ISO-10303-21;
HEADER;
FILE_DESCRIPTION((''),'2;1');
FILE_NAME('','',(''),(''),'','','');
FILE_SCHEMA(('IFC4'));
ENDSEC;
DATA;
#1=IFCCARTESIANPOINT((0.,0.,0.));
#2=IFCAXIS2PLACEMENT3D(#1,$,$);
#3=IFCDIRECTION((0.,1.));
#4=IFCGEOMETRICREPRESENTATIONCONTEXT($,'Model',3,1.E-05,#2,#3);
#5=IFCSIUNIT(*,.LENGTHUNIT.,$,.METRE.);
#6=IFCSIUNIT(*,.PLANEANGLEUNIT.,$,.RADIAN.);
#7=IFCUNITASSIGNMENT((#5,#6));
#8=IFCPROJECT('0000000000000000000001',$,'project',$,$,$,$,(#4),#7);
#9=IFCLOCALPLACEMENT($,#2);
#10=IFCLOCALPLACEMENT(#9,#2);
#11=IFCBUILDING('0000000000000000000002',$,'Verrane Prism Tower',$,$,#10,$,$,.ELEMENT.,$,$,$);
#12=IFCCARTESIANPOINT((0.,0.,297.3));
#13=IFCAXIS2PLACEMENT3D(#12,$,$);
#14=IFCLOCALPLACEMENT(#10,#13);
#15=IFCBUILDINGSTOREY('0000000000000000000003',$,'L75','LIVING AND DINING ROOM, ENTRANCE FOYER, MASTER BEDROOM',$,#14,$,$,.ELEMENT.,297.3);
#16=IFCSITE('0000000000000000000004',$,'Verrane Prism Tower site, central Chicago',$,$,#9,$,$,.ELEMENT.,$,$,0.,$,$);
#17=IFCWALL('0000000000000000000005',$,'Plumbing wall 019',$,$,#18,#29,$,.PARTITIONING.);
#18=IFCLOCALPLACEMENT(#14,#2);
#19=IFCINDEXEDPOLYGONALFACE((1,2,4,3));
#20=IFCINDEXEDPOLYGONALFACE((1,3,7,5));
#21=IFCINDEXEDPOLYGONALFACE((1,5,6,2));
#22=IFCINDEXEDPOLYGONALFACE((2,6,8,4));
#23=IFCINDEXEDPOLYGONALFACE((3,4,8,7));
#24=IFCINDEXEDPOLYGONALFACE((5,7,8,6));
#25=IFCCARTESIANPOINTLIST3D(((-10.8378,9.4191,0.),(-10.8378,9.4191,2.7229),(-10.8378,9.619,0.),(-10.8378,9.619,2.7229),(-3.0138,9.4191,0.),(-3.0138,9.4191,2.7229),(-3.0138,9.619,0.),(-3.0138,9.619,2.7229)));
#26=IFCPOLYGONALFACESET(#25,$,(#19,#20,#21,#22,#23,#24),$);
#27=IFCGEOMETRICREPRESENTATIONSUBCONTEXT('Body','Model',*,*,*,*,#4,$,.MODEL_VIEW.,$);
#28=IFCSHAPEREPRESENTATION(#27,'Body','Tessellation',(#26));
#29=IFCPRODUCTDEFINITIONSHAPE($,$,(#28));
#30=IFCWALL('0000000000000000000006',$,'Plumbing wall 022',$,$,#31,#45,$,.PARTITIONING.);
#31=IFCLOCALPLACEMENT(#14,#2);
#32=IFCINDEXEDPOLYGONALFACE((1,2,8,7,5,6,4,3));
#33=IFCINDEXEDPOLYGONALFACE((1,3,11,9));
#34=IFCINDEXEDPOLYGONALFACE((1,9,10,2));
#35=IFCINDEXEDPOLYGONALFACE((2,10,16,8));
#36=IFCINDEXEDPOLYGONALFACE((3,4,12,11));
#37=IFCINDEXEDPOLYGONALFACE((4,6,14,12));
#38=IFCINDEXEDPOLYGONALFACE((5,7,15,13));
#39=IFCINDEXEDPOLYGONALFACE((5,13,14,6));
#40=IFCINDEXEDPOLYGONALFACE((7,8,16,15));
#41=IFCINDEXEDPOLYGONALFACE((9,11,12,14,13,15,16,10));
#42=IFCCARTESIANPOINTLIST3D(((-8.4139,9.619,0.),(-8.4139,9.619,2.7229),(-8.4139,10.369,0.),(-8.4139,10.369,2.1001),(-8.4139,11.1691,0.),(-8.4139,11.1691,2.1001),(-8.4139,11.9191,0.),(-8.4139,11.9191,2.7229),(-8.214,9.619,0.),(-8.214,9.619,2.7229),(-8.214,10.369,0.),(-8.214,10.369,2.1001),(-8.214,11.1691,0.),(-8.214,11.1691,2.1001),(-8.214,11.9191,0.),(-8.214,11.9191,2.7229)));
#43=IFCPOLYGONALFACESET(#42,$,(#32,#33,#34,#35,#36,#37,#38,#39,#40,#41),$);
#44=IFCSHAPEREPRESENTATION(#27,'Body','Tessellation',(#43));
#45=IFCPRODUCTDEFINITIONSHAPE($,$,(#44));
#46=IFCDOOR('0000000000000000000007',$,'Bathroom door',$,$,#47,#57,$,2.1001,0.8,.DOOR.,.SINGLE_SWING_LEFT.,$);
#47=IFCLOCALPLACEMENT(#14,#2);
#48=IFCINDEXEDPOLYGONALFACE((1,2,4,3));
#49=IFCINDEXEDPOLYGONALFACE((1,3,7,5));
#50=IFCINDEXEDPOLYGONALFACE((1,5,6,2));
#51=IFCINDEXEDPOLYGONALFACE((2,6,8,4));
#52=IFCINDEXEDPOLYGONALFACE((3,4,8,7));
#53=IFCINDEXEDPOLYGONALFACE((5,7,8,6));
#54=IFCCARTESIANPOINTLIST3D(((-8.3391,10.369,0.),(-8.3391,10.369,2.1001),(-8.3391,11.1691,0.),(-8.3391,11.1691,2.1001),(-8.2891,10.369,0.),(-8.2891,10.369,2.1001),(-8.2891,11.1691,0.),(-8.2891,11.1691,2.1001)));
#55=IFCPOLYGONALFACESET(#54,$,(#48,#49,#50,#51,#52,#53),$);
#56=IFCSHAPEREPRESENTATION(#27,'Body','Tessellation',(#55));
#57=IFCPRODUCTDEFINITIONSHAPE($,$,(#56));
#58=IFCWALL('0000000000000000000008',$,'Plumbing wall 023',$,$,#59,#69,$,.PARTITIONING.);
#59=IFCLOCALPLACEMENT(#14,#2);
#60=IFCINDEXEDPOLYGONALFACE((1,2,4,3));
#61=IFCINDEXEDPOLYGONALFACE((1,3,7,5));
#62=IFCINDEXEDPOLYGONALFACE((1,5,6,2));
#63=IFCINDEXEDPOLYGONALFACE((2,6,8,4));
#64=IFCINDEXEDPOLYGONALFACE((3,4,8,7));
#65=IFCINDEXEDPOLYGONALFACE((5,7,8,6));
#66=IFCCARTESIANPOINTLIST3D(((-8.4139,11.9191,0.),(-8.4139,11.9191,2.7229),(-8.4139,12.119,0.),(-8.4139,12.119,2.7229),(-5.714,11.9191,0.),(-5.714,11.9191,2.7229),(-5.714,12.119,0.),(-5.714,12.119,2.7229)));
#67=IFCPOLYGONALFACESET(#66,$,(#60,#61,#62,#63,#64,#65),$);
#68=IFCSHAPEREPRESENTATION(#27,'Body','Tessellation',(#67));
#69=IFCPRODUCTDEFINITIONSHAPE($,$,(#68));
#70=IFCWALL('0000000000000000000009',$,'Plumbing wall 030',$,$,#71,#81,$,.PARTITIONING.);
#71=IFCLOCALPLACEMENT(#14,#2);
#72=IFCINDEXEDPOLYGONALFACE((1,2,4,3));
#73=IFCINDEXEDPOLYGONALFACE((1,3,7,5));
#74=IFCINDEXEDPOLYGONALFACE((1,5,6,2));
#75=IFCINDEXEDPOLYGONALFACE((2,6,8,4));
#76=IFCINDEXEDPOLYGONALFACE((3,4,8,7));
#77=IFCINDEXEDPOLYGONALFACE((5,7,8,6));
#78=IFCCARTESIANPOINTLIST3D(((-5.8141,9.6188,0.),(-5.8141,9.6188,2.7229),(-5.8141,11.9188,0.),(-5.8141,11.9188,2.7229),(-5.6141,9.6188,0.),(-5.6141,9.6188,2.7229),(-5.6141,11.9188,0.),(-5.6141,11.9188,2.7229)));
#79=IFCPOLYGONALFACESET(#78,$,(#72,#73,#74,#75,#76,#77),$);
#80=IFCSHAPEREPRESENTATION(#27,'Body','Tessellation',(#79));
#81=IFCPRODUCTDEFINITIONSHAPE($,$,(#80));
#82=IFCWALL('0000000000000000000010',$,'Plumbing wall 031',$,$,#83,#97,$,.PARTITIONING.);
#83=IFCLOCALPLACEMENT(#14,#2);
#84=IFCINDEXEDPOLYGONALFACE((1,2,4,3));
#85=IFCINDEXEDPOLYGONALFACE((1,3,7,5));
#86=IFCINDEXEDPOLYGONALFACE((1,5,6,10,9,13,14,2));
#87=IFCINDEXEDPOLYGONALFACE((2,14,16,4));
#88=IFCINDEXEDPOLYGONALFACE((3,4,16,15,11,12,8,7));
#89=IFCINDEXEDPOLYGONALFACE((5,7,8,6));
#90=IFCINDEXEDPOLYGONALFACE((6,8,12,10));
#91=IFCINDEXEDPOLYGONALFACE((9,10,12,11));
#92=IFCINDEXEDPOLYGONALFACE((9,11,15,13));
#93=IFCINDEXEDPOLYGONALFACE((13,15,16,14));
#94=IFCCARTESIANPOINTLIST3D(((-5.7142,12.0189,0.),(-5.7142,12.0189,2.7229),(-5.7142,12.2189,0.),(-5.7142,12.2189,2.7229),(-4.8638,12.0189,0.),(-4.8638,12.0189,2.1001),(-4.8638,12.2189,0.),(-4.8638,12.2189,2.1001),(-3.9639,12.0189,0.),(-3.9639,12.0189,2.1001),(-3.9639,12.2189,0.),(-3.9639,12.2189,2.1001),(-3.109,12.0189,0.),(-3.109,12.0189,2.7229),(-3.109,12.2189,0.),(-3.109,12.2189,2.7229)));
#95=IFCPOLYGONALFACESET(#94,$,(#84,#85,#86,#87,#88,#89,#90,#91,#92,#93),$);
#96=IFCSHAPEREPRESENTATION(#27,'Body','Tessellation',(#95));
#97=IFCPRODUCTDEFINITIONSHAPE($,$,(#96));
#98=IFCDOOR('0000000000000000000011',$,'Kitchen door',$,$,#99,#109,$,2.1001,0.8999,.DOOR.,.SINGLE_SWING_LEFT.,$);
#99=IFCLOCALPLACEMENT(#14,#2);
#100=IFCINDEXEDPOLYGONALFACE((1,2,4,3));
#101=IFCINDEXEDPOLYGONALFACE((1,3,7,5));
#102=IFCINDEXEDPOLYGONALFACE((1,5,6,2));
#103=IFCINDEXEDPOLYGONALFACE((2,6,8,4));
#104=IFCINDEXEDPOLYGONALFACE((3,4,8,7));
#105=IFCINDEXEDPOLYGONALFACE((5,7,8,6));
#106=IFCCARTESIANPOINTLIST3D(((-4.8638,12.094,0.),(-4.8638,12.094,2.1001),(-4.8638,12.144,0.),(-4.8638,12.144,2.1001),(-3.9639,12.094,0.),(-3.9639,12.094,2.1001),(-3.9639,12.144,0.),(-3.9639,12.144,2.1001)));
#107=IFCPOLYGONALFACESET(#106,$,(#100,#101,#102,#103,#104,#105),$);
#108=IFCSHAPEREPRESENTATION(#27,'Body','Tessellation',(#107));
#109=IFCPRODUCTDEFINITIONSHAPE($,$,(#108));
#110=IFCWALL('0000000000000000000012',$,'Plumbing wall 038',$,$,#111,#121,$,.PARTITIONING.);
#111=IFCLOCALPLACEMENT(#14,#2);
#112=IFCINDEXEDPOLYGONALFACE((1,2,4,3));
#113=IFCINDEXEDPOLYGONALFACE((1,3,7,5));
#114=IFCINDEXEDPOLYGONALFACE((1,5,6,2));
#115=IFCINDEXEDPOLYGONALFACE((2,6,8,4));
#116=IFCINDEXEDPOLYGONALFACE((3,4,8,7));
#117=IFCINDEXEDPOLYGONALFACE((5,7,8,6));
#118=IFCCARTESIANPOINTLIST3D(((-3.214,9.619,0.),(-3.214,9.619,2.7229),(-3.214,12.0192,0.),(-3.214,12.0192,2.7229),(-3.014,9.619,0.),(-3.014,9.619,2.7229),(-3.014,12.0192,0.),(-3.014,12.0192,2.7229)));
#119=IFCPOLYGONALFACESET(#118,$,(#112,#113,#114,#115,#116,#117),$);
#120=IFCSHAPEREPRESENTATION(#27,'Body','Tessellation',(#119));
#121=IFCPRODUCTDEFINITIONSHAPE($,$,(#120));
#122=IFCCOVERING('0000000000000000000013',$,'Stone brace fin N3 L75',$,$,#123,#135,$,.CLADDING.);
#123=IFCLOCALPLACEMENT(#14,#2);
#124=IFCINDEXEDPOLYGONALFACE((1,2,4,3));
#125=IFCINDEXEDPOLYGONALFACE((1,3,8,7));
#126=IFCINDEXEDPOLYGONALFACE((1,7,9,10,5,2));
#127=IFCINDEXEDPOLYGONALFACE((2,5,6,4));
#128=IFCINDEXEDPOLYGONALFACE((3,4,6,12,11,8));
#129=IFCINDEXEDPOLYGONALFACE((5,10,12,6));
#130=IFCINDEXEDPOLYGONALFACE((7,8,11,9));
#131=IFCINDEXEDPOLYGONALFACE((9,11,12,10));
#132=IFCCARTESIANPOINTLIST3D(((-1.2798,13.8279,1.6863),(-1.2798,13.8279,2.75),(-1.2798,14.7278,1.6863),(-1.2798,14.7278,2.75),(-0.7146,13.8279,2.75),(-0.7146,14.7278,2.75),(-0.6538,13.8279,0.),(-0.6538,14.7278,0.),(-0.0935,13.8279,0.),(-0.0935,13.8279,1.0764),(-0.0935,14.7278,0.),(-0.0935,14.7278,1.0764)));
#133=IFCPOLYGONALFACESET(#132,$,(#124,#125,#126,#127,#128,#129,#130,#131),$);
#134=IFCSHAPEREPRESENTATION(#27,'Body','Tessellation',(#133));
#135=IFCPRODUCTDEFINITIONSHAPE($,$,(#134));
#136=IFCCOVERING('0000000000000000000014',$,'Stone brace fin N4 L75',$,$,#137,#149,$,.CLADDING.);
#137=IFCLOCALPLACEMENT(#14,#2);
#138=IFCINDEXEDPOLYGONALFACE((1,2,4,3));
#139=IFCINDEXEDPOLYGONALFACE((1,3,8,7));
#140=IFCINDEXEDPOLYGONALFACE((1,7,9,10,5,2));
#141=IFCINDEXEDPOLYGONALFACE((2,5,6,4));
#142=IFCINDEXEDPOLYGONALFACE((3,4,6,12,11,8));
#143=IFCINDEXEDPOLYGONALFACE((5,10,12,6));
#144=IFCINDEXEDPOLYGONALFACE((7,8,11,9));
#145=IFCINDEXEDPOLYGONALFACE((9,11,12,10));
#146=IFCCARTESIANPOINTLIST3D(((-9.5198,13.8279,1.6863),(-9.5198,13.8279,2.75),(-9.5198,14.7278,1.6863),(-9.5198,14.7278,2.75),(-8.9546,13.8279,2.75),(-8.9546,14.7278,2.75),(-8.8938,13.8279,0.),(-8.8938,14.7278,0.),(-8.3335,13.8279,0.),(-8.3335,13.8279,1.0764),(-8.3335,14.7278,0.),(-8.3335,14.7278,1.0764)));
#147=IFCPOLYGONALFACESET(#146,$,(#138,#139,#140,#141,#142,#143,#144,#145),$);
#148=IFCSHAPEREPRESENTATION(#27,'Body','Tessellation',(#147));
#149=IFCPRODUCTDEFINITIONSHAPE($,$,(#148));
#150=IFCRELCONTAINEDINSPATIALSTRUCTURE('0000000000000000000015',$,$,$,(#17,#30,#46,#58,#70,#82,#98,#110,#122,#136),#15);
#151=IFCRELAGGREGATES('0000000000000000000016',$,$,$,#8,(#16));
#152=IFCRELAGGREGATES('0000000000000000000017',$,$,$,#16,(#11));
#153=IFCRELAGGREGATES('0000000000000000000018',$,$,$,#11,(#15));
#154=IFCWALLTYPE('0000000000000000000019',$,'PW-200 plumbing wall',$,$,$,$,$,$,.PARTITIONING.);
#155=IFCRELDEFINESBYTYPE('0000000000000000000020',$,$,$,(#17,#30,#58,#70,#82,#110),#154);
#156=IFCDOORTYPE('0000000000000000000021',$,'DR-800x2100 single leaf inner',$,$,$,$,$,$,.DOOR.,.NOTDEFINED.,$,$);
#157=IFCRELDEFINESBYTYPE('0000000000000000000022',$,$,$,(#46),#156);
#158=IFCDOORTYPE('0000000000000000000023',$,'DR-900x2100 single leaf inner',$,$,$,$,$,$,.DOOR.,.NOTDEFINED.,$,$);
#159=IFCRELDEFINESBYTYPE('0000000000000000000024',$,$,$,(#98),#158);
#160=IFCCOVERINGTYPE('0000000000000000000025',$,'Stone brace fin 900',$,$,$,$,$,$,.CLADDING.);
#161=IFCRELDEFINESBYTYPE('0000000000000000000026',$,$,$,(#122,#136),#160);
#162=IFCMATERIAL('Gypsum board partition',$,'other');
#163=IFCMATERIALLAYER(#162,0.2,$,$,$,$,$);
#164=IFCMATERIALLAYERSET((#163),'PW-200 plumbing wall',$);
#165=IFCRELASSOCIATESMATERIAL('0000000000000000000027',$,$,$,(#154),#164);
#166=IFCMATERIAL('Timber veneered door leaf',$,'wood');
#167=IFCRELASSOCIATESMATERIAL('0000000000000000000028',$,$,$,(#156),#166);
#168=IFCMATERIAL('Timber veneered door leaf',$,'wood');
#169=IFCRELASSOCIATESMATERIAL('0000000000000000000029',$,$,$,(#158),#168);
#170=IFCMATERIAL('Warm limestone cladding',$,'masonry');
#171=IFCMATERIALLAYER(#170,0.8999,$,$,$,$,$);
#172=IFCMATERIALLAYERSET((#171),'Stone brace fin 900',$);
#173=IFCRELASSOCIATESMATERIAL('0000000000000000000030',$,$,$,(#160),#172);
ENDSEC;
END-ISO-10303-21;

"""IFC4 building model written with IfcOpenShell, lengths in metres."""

from ifc_helpers import new_model, si_unit, direction, frame, frame_2d, origin, place, context, subcontext, project, spatial, polyline, rectangle, outline, extrude, material, layer, layer_set, type_object, element, fill, save


model = new_model("IFC4")

# Units and contexts
model_context = context("Model", 3, precision=1e-05, world=origin(), true_north=direction((0.0, 1.0)))
body_context = subcontext(model_context, "Body", "Model", "MODEL_VIEW")
ifc_project = project(units=[si_unit("LENGTHUNIT", "METRE"), si_unit("PLANEANGLEUNIT", "RADIAN")], contexts=[model_context])

# Site, building, storey
site_placement = place(None, origin())
site = spatial("IfcSite", under=ifc_project, at=site_placement, Name="Verrane Prism Tower site, central Chicago", CompositionType="ELEMENT", RefElevation=0.0)
building_placement = place(site_placement, origin())
building = spatial("IfcBuilding", under=site, at=building_placement, Name="Verrane Prism Tower", CompositionType="ELEMENT")
storey_placement = place(building_placement, frame((0.0, 0.0, 297.3)))
storey = spatial("IfcBuildingStorey", under=building, at=storey_placement, Name="L75", Description="LIVING AND DINING ROOM, ENTRANCE FOYER, MASTER BEDROOM", CompositionType="ELEMENT", Elevation=297.3)

# Wall
ifc_material_1 = material(Name="Gypsum board partition", Category="other")
ifc_layer_1 = layer(ifc_material_1, 0.2)
ifc_layer_set_1 = layer_set([ifc_layer_1], Name="PW-200 plumbing wall")
wall_type_1 = type_object("IfcWallType", Name="PW-200 plumbing wall", PredefinedType="PARTITIONING", material=ifc_layer_set_1)
wall_1_placement = place(storey_placement, frame((-10.8379, 9.519, 0.0), z_axis=(0.0, 0.0, 1.0), x_axis=(1.0, 0.0, 0.0)))
element("IfcWall", 1, at=wall_1_placement, inside=storey, type_object=wall_type_1, Name="Plumbing wall 019", PredefinedType="PARTITIONING", context=body_context, shape_type="SweptSolid", body=[
    extrude(rectangle(XDim=7.824, YDim=0.2, at=frame_2d((3.9121, 0.0))), origin(), (0.0, 0.0, 1.0), 2.7229),
])

# Wall, opening, door
wall_2_placement = place(storey_placement, frame((-8.314, 11.9189, 0.0), z_axis=(0.0, 0.0, 1.0), x_axis=(0.0, -1.0, 0.0)))
wall_2 = element("IfcWall", 2, at=wall_2_placement, inside=storey, type_object=wall_type_1, Name="Plumbing wall 022", PredefinedType="PARTITIONING", context=body_context, shape_type="SweptSolid", body=[
    extrude(rectangle(XDim=2.3, YDim=0.2, at=frame_2d((1.1499, 0.0))), origin(), (0.0, 0.0, 1.0), 2.7229),
])
opening_1_placement = place(wall_2_placement, frame((0.75, 0.0, 0.0)))
opening_1 = element("IfcOpeningElement", 3, at=opening_1_placement, cuts=wall_2, PredefinedType="OPENING", context=body_context, shape_type="SweptSolid", body=[
    extrude(rectangle(XDim=0.8, YDim=2.1001, at=frame_2d((0.3999, 1.05))), frame((0.0, 0.1099, 0.0), z_axis=(0.0, -1.0, 0.0), x_axis=(1.0, 0.0, 0.0)), (0.0, 0.0, 1.0), 0.22),
])
ifc_material_2 = material(Name="Timber veneered door leaf", Category="wood")
door_type_1 = type_object("IfcDoorType", Name="DR-800x2100 single leaf inner", OperationType="NOTDEFINED", PredefinedType="DOOR", material=ifc_material_2)
door_1_placement = place(opening_1_placement, origin())
door_1 = element("IfcDoor", 4, at=door_1_placement, inside=storey, type_object=door_type_1, Name="Bathroom door", OperationType="SINGLE_SWING_LEFT", OverallHeight=2.1001, OverallWidth=0.8, PredefinedType="DOOR", context=body_context, shape_type="SweptSolid", body=[
    extrude(rectangle(XDim=0.8, YDim=2.1001, at=frame_2d((0.3999, 1.05))), frame((0.0, 0.0249, 0.0), z_axis=(0.0, -1.0, 0.0), x_axis=(1.0, 0.0, 0.0)), (0.0, 0.0, 1.0), 0.05),
])
fill(opening_1, door_1)

# Walls
wall_3_placement = place(storey_placement, frame((-8.4141, 12.019, 0.0), z_axis=(0.0, 0.0, 1.0), x_axis=(1.0, 0.0, 0.0)))
element("IfcWall", 5, at=wall_3_placement, inside=storey, type_object=wall_type_1, Name="Plumbing wall 023", PredefinedType="PARTITIONING", context=body_context, shape_type="SweptSolid", body=[
    extrude(rectangle(XDim=2.7, YDim=0.2, at=frame_2d((1.3501, 0.0))), origin(), (0.0, 0.0, 1.0), 2.7229),
])
wall_4_placement = place(storey_placement, frame((-5.7141, 9.6189, 0.0), z_axis=(0.0, 0.0, 1.0), x_axis=(0.0, 1.0, 0.0)))
element("IfcWall", 6, at=wall_4_placement, inside=storey, type_object=wall_type_1, Name="Plumbing wall 030", PredefinedType="PARTITIONING", context=body_context, shape_type="SweptSolid", body=[
    extrude(rectangle(XDim=2.3, YDim=0.2, at=frame_2d((1.1499, 0.0))), origin(), (0.0, 0.0, 1.0), 2.7229),
])

# Wall, opening, door
wall_5_placement = place(storey_placement, frame((-3.1089, 12.1189, 0.0), z_axis=(0.0, 0.0, 1.0), x_axis=(-1.0, 0.0, 0.0)))
wall_5 = element("IfcWall", 7, at=wall_5_placement, inside=storey, type_object=wall_type_1, Name="Plumbing wall 031", PredefinedType="PARTITIONING", context=body_context, shape_type="SweptSolid", body=[
    extrude(rectangle(XDim=2.6052, YDim=0.2, at=frame_2d((1.3027, 0.0))), origin(), (0.0, 0.0, 1.0), 2.7229),
])
opening_2_placement = place(wall_5_placement, frame((0.855, 0.0, 0.0)))
opening_2 = element("IfcOpeningElement", 8, at=opening_2_placement, cuts=wall_5, PredefinedType="OPENING", context=body_context, shape_type="SweptSolid", body=[
    extrude(rectangle(XDim=0.8999, YDim=2.1001, at=frame_2d((0.45, 1.05))), frame((0.0, 0.1099, 0.0), z_axis=(0.0, -1.0, 0.0), x_axis=(1.0, 0.0, 0.0)), (0.0, 0.0, 1.0), 0.22),
])
ifc_material_3 = material(Name="Timber veneered door leaf", Category="wood")
door_type_2 = type_object("IfcDoorType", Name="DR-900x2100 single leaf inner", OperationType="NOTDEFINED", PredefinedType="DOOR", material=ifc_material_3)
door_2_placement = place(opening_2_placement, origin())
door_2 = element("IfcDoor", 9, at=door_2_placement, inside=storey, type_object=door_type_2, Name="Kitchen door", OperationType="SINGLE_SWING_LEFT", OverallHeight=2.1001, OverallWidth=0.8999, PredefinedType="DOOR", context=body_context, shape_type="SweptSolid", body=[
    extrude(rectangle(XDim=0.8999, YDim=2.1001, at=frame_2d((0.45, 1.05))), frame((0.0, 0.0249, 0.0), z_axis=(0.0, -1.0, 0.0), x_axis=(1.0, 0.0, 0.0)), (0.0, 0.0, 1.0), 0.05),
])
fill(opening_2, door_2)

# Wall
wall_6_placement = place(storey_placement, frame((-3.114, 9.6189, 0.0), z_axis=(0.0, 0.0, 1.0), x_axis=(0.0, 1.0, 0.0)))
element("IfcWall", 10, at=wall_6_placement, inside=storey, type_object=wall_type_1, Name="Plumbing wall 038", PredefinedType="PARTITIONING", context=body_context, shape_type="SweptSolid", body=[
    extrude(rectangle(XDim=2.4001, YDim=0.2, at=frame_2d((1.2002, 0.0))), origin(), (0.0, 0.0, 1.0), 2.7229),
])

# Coverings
ifc_material_4 = material(Name="Warm limestone cladding", Category="masonry")
ifc_layer_2 = layer(ifc_material_4, 0.8999)
ifc_layer_set_2 = layer_set([ifc_layer_2], Name="Stone brace fin 900")
covering_type = type_object("IfcCoveringType", Name="Stone brace fin 900", PredefinedType="CLADDING", material=ifc_layer_set_2)
for number, where, z_axis, x_axis, name in (
    (11, (-0.0935, 14.2778, 0.0), (0.0, 0.0, 1.0), (-1.0, 0.0, 0.0), "Stone brace fin N3 L75"),
    (12, (-8.3335, 14.2778, 0.0), (0.0, 0.0, 1.0), (-1.0, 0.0, 0.0), "Stone brace fin N4 L75"),
):
    element("IfcCovering", number, at=place(storey_placement, frame(where, z_axis=z_axis, x_axis=x_axis)), inside=storey, type_object=covering_type, Name=name, PredefinedType="CLADDING", context=body_context, shape_type="SweptSolid", body=[
        extrude(outline(polyline([(1.1863, 2.75), (0.6211, 2.75), (0.0, 1.0764), (0.0, 0.0), (0.5603, 0.0), (1.1863, 1.6863), (1.1863, 2.75)])), frame((0.0, 0.45, 0.0), z_axis=(0.0, -1.0, 0.0), x_axis=(1.0, 0.0, 0.0)), (0.0, 0.0, 1.0), 0.8999),
    ])

save(model, "model.ifc")
